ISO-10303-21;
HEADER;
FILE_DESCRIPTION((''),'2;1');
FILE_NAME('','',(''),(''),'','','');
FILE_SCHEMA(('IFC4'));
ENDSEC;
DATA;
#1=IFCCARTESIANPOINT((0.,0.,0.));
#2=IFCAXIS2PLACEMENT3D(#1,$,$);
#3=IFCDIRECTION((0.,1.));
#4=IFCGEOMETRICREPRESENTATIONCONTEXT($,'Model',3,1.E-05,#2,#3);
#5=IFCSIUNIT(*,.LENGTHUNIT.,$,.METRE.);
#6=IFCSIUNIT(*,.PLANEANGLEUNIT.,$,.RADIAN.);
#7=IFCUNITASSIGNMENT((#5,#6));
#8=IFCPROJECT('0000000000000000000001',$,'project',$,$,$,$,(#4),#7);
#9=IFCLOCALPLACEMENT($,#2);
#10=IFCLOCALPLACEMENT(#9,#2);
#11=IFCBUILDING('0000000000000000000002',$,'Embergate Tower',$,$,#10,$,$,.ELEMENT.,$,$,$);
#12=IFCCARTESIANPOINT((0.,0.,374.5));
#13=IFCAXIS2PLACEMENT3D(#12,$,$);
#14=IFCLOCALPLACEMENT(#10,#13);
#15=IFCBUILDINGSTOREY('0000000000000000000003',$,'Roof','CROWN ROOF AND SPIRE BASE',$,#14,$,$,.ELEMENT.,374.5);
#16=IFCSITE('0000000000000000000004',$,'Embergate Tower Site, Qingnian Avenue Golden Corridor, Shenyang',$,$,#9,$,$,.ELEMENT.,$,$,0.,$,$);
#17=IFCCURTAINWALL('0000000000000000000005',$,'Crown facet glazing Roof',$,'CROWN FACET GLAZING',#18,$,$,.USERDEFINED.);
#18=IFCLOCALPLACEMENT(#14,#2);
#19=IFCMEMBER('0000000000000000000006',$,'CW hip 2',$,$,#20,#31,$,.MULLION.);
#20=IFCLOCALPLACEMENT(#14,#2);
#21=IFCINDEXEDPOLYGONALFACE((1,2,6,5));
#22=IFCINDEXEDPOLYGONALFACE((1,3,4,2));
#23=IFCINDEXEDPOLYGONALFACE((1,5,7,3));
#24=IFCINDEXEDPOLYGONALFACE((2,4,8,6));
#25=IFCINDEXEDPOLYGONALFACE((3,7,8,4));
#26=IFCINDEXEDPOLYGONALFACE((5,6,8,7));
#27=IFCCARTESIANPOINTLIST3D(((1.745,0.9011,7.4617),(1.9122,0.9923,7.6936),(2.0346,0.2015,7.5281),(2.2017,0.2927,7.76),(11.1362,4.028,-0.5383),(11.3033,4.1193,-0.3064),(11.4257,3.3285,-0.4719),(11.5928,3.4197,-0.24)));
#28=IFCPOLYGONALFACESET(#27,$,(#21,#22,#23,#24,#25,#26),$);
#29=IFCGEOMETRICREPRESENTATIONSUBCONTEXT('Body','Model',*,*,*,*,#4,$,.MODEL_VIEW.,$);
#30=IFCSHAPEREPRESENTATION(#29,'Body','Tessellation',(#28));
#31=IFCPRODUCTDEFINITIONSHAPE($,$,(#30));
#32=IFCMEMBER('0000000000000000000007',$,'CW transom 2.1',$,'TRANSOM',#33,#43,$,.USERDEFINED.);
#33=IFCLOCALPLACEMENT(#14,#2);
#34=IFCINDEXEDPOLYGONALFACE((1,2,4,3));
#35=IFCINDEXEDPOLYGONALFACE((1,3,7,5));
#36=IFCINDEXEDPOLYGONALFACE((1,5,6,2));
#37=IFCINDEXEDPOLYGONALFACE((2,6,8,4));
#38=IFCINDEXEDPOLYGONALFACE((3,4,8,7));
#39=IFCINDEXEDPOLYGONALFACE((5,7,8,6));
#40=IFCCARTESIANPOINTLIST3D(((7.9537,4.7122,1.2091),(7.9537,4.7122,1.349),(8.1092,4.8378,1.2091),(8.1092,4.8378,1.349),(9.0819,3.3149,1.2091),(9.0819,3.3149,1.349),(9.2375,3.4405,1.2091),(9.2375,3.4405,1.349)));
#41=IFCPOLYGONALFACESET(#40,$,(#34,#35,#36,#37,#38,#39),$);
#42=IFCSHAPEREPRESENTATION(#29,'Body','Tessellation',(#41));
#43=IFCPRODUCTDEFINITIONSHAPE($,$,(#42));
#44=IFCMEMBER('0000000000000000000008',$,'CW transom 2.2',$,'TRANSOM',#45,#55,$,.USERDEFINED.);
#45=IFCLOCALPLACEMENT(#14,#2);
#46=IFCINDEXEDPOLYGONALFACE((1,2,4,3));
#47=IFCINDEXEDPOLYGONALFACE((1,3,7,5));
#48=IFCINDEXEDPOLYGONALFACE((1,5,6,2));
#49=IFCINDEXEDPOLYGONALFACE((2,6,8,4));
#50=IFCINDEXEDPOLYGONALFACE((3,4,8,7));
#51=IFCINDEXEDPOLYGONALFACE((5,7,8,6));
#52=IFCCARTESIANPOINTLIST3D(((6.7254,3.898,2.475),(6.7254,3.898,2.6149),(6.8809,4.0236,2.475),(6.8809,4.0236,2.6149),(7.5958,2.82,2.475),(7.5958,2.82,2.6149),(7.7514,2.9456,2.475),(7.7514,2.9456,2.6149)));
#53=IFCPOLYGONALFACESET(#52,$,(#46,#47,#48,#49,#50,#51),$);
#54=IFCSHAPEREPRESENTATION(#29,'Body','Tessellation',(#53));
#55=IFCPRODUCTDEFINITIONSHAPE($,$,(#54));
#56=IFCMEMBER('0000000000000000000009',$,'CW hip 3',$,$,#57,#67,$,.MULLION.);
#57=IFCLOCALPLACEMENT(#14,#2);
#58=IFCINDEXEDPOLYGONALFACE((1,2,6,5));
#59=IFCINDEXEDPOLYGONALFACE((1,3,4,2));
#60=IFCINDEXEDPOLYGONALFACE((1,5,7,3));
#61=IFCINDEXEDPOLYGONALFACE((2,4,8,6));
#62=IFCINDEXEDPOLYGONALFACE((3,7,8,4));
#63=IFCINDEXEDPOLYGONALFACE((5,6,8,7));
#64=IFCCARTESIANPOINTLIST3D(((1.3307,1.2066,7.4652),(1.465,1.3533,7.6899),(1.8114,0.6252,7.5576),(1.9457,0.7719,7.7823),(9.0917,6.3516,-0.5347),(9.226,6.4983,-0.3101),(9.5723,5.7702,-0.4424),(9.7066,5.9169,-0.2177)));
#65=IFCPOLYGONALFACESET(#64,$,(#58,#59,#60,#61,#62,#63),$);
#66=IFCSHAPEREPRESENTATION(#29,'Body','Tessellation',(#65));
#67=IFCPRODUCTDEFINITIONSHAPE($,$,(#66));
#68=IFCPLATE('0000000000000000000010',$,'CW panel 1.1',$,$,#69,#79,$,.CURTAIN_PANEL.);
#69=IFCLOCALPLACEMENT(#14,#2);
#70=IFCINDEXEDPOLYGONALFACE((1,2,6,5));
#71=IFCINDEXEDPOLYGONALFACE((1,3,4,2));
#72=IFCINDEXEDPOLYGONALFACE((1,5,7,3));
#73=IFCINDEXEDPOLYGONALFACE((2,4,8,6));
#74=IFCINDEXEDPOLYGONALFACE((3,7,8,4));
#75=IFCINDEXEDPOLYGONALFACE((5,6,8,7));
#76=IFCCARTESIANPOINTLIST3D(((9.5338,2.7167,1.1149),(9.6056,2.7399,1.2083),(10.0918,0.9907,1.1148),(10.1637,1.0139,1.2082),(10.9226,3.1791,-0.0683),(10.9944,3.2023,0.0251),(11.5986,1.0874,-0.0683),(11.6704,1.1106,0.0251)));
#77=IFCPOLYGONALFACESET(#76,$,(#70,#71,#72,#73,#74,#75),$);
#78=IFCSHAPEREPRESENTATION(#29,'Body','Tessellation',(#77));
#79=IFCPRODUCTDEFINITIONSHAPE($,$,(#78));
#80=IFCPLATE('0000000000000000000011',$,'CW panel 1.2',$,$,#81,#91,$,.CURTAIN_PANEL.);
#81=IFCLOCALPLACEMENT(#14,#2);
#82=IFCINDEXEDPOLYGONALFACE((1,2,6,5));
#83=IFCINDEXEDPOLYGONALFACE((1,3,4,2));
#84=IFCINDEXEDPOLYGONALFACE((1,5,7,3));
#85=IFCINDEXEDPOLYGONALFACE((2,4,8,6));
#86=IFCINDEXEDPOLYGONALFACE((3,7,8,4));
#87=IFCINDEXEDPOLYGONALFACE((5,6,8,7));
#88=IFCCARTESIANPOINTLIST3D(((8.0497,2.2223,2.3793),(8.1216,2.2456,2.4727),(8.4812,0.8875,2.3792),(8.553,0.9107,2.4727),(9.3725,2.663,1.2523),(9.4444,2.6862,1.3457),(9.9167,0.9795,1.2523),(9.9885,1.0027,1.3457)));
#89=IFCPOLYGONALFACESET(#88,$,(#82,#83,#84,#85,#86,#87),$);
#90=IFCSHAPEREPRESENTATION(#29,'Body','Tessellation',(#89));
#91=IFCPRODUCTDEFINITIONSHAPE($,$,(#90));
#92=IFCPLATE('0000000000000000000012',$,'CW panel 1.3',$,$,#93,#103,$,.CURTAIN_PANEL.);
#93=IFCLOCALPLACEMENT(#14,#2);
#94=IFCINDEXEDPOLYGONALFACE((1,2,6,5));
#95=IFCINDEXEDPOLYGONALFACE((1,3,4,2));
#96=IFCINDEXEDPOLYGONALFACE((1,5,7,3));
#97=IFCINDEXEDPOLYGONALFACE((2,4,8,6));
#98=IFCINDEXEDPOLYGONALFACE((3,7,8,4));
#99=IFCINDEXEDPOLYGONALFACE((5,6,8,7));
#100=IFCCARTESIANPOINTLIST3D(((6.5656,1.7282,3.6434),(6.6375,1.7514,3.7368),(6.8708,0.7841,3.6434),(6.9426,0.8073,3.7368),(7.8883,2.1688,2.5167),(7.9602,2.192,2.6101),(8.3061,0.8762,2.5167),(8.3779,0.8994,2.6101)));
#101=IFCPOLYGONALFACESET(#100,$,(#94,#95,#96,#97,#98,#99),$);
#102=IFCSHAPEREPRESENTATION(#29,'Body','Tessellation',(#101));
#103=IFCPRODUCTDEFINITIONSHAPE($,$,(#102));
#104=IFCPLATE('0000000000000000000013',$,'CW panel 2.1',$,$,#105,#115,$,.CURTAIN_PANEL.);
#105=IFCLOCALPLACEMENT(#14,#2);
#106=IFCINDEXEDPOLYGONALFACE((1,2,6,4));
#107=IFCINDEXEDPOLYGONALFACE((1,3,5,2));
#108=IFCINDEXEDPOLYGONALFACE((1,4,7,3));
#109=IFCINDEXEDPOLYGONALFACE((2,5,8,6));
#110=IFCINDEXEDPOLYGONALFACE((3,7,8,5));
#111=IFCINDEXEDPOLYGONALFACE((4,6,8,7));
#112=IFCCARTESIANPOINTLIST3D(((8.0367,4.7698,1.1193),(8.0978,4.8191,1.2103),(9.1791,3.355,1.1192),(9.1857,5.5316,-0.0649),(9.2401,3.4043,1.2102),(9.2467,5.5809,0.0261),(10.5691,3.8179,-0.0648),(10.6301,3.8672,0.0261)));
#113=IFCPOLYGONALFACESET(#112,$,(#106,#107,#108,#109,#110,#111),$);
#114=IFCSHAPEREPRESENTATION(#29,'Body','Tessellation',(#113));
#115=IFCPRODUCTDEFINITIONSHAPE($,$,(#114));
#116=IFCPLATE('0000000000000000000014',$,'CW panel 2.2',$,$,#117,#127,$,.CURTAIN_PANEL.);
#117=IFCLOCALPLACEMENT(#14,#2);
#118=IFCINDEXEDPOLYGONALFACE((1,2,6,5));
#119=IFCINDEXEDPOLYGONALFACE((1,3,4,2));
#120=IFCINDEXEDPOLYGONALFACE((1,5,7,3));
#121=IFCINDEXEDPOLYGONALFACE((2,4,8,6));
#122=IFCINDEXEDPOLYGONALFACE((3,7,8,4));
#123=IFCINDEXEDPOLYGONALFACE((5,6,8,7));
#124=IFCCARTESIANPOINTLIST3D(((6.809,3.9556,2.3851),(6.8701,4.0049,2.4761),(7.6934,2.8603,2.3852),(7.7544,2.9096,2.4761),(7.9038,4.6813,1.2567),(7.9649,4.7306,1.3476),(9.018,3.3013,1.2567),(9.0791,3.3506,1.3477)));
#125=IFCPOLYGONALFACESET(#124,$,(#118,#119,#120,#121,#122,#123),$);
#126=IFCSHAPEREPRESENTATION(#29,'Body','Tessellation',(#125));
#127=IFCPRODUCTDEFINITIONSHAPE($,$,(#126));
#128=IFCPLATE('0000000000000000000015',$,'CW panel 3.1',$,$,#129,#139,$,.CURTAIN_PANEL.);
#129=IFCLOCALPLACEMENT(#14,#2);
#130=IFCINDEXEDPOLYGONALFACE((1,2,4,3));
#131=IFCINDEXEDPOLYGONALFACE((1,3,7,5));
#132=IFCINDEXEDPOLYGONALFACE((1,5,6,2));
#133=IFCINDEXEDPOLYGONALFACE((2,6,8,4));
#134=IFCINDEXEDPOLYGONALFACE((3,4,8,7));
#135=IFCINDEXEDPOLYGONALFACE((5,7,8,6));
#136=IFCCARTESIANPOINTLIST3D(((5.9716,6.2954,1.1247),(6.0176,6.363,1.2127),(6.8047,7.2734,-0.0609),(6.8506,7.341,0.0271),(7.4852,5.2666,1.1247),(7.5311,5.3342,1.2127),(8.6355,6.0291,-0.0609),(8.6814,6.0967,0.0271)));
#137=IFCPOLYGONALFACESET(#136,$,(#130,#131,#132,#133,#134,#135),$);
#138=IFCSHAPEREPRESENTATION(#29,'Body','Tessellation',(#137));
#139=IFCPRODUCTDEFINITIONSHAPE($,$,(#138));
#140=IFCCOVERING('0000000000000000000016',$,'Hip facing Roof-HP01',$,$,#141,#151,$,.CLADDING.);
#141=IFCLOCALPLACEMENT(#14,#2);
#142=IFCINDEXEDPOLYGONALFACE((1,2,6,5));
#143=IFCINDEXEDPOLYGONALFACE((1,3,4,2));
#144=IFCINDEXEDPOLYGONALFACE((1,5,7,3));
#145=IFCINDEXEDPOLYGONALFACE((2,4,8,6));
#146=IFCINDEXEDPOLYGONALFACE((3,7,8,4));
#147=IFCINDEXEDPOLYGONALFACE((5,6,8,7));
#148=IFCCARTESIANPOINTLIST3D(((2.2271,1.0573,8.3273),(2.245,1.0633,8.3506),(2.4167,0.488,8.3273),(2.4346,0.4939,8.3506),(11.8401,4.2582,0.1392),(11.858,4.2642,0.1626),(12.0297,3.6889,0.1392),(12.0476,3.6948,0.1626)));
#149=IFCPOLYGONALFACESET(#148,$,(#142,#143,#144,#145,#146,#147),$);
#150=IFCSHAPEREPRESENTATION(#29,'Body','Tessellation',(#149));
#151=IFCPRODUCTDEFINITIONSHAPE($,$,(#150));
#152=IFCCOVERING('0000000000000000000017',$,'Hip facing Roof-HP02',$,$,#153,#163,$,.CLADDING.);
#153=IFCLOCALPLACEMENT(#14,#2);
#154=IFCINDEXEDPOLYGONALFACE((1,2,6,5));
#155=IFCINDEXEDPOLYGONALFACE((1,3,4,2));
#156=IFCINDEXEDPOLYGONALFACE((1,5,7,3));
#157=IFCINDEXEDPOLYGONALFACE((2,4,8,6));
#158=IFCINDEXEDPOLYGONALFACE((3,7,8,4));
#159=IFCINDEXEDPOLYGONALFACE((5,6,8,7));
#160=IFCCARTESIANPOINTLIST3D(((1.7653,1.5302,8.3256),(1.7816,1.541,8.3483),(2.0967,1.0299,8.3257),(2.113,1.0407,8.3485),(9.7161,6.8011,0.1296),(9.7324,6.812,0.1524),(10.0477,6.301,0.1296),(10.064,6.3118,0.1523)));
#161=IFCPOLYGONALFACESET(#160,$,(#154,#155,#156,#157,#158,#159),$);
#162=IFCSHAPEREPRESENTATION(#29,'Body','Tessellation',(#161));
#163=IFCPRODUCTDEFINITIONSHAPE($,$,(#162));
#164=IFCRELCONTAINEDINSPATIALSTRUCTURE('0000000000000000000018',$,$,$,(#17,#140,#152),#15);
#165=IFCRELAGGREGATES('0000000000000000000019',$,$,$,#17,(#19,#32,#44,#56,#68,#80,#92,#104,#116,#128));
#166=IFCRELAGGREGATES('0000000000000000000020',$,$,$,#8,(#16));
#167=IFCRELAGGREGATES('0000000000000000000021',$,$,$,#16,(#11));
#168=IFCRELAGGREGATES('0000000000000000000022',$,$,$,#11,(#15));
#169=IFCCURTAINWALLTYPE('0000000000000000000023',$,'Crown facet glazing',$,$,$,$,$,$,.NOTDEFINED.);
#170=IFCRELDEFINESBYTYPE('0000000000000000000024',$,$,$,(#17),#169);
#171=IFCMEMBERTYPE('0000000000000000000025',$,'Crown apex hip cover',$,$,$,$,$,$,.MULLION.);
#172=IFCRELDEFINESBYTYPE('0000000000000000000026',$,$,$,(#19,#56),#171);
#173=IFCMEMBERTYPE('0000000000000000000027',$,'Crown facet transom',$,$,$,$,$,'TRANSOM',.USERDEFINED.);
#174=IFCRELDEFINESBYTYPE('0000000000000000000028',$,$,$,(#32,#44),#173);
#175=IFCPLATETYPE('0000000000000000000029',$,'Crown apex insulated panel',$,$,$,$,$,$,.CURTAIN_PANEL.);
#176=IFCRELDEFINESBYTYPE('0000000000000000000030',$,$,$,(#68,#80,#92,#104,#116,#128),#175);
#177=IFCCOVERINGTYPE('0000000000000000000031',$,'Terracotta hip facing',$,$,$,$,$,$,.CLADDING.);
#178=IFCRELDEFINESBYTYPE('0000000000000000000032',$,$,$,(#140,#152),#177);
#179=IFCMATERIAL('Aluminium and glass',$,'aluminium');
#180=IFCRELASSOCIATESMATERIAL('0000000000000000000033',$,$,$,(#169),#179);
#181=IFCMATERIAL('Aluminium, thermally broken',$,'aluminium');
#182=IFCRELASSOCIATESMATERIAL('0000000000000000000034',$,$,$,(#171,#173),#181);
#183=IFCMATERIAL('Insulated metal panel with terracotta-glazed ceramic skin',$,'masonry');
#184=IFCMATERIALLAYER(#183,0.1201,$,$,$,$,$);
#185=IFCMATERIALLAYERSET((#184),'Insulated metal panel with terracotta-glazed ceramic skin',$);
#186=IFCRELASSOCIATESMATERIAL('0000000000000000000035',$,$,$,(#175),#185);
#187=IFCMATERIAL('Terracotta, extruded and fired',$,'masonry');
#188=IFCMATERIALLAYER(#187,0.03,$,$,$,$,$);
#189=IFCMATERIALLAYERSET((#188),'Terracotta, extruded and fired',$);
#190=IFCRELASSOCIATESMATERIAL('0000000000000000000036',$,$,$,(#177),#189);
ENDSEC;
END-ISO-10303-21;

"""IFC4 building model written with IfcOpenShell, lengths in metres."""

from ifc_helpers import new_model, si_unit, direction, frame, origin, origin_2d, place, context, subcontext, project, spatial, polyline, rectangle, outline, extrude, source, transform, mapped, material, layer, layer_set, material_profile, profile_set, type_object, element, aggregate, save


model = new_model("IFC4")

# Units and contexts
model_context = context("Model", 3, precision=1e-05, world=origin(), true_north=direction((0.0, 1.0)))
body_context = subcontext(model_context, "Body", "Model", "MODEL_VIEW")
ifc_project = project(units=[si_unit("LENGTHUNIT", "METRE"), si_unit("PLANEANGLEUNIT", "RADIAN")], contexts=[model_context])

# Site, building, storey
site_placement = place(None, origin())
site = spatial("IfcSite", under=ifc_project, at=site_placement, Name="Embergate Tower Site, Qingnian Avenue Golden Corridor, Shenyang", CompositionType="ELEMENT", RefElevation=0.0)
building_placement = place(site_placement, origin())
building = spatial("IfcBuilding", under=site, at=building_placement, Name="Embergate Tower", CompositionType="ELEMENT")
storey_placement = place(building_placement, frame((0.0, 0.0, 374.5)))
storey = spatial("IfcBuildingStorey", under=building, at=storey_placement, Name="Roof", Description="CROWN ROOF AND SPIRE BASE", CompositionType="ELEMENT", Elevation=374.5)

# Curtain wall, members, plates
ifc_material_1 = material(Name="Aluminium and glass", Category="aluminium")
curtain_wall_type = type_object("IfcCurtainWallType", Name="Crown facet glazing", PredefinedType="NOTDEFINED", material=ifc_material_1)
curtain_wall_placement = place(storey_placement, origin())
curtain_wall = element("IfcCurtainWall", 1, at=curtain_wall_placement, inside=storey, type_object=curtain_wall_type, Name="Crown facet glazing Roof", ObjectType="CROWN FACET GLAZING", PredefinedType="USERDEFINED")
ifc_material_2 = material(Name="Aluminium, thermally broken", Category="aluminium")
ifc_material_profile_1 = material_profile(ifc_material_2, rectangle(XDim=0.3, YDim=0.76, at=origin_2d()), Name="AL 760x300")
ifc_profile_set_1 = profile_set([ifc_material_profile_1], Name="Aluminium, thermally broken")
member_type_1 = type_object("IfcMemberType", Name="Crown apex hip cover", PredefinedType="MULLION", material=ifc_profile_set_1)
ifc_material_profile_2 = material_profile(ifc_material_2, rectangle(XDim=0.2, YDim=0.1399, at=origin_2d()), Name="AL 140x200")
ifc_profile_set_2 = profile_set([ifc_material_profile_2], Name="Aluminium, thermally broken")
member_type_2 = type_object("IfcMemberType", Name="Crown facet transom", ElementType="TRANSOM", PredefinedType="USERDEFINED", material=ifc_profile_set_2)
shared_shape_1 = source(origin(), body_context, "Body", "SweptSolid", [
    extrude(rectangle(XDim=0.3, YDim=0.76, at=origin_2d()), origin(), (0.0, 0.0, 1.0), 12.7268),
])
member_1_placement = place(storey_placement, frame((11.3645, 3.7239, -0.3892), z_axis=(-0.737902, -0.245699, 0.628596), x_axis=(0.557107, 0.303989, 0.772802)))
member_1 = element("IfcMember", 2, at=member_1_placement, type_object=member_type_1, Name="CW hip 2", PredefinedType="MULLION", context=body_context, shape_type="MappedRepresentation", body=[
    mapped(shared_shape_1, transform((0.0, 0.0, 0.0))),
])
shared_shape_2 = source(origin(), body_context, "Body", "SweptSolid", [
    extrude(rectangle(XDim=0.2, YDim=0.1399, at=origin_2d()), origin(), (0.0, 0.0, 1.0), 1.7959),
])
member_2_placement = place(storey_placement, frame((9.1597, 3.3777, 1.2791), z_axis=(-0.62822, 0.778036, 0.0), x_axis=(-0.778036, -0.62822, 0.0)))
member_2 = element("IfcMember", 3, at=member_2_placement, type_object=member_type_2, Name="CW transom 2.1", ObjectType="TRANSOM", PredefinedType="USERDEFINED", context=body_context, shape_type="MappedRepresentation", body=[
    mapped(shared_shape_2, transform((0.0, 0.0, 0.0))),
])
shared_shape_3 = source(origin(), body_context, "Body", "SweptSolid", [
    extrude(rectangle(XDim=0.2, YDim=0.1399, at=origin_2d()), origin(), (0.0, 0.0, 1.0), 1.3855),
])
member_3_placement = place(storey_placement, frame((7.6736, 2.8828, 2.5449), z_axis=(-0.628235, 0.778024, 0.0), x_axis=(-0.778024, -0.628235, 0.0)))
member_3 = element("IfcMember", 4, at=member_3_placement, type_object=member_type_2, Name="CW transom 2.2", ObjectType="TRANSOM", PredefinedType="USERDEFINED", context=body_context, shape_type="MappedRepresentation", body=[
    mapped(shared_shape_3, transform((0.0, 0.0, 0.0))),
])
shared_shape_4 = source(origin(), body_context, "Body", "SweptSolid", [
    extrude(rectangle(XDim=0.3, YDim=0.76, at=origin_2d()), origin(), (0.0, 0.0, 1.0), 12.2761),
])
member_4_placement = place(storey_placement, frame((9.3992, 6.1343, -0.3762), z_axis=(-0.6322, -0.419107, 0.65167), x_axis=(0.447606, 0.488971, 0.748703)))
member_4 = element("IfcMember", 5, at=member_4_placement, type_object=member_type_1, Name="CW hip 3", PredefinedType="MULLION", context=body_context, shape_type="MappedRepresentation", body=[
    mapped(shared_shape_4, transform((0.0, 0.0, 0.0))),
])
ifc_material_3 = material(Name="Insulated metal panel with terracotta-glazed ceramic skin", Category="masonry")
ifc_layer_1 = layer(ifc_material_3, 0.1201)
ifc_layer_set_1 = layer_set([ifc_layer_1], Name="Insulated metal panel with terracotta-glazed ceramic skin")
plate_type = type_object("IfcPlateType", Name="Crown apex insulated panel", PredefinedType="CURTAIN_PANEL", material=ifc_layer_set_1)
shared_shape_5 = source(origin(), body_context, "Body", "SweptSolid", [
    extrude(outline(polyline([(0.0, 0.0), (2.1982, 0.0), (2.1853, 1.8821), (0.3713, 1.8818), (0.0, 0.0)])), origin(), (0.0, 0.0, -1.0), 0.1201),
])
plate_1_placement = place(storey_placement, frame((11.6704, 1.1106, 0.0251), z_axis=(0.598193, 0.193328, 0.777682), x_axis=(-0.307521, 0.951541, -0.000003)))
plate_1 = element("IfcPlate", 6, at=plate_1_placement, type_object=plate_type, Name="CW panel 1.1", PredefinedType="CURTAIN_PANEL", context=body_context, shape_type="MappedRepresentation", body=[
    mapped(shared_shape_5, transform((0.0, 0.0, 0.0))),
])
shared_shape_6 = source(origin(), body_context, "Body", "SweptSolid", [
    extrude(outline(polyline([(0.0, 0.0), (1.7693, 0.0), (1.7568, 1.7927), (0.354, 1.7927), (0.0, 0.0)])), origin(), (0.0, 0.0, -1.0), 0.1201),
])
plate_2_placement = place(storey_placement, frame((9.9885, 1.0027, 1.3457), z_axis=(0.598158, 0.193323, 0.77771), x_axis=(-0.307551, 0.951531, 0.000015)))
plate_2 = element("IfcPlate", 7, at=plate_2_placement, type_object=plate_type, Name="CW panel 1.2", PredefinedType="CURTAIN_PANEL", context=body_context, shape_type="MappedRepresentation", body=[
    mapped(shared_shape_6, transform((0.0, 0.0, 0.0))),
])
shared_shape_7 = source(origin(), body_context, "Body", "SweptSolid", [
    extrude(outline(polyline([(0.0, 0.0), (1.3584, 0.0), (1.3459, 1.7925), (0.3538, 1.7925), (0.0, 0.0)])), origin(), (0.0, 0.0, -1.0), 0.1201),
])
plate_3_placement = place(storey_placement, frame((8.3779, 0.8994, 2.6101), z_axis=(0.598117, 0.193322, 0.777742), x_axis=(-0.307541, 0.951535, -0.00001)))
plate_3 = element("IfcPlate", 8, at=plate_3_placement, type_object=plate_type, Name="CW panel 1.3", PredefinedType="CURTAIN_PANEL", context=body_context, shape_type="MappedRepresentation", body=[
    mapped(shared_shape_7, transform((0.0, 0.0, 0.0))),
])
shared_shape_8 = source(origin(), body_context, "Body", "SweptSolid", [
    extrude(outline(polyline([(0.0, 0.0), (2.2024, 0.0), (2.3313, 1.8127), (0.5129, 1.8125), (0.0, 0.0)])), origin(), (0.0, 0.0, -1.0), 0.1201),
])
plate_4_placement = place(storey_placement, frame((10.6301, 3.8672, 0.0261), z_axis=(0.508296, 0.410358, 0.757127), x_axis=(-0.62814, 0.778101, -0.000025)))
plate_4 = element("IfcPlate", 9, at=plate_4_placement, type_object=plate_type, Name="CW panel 2.1", PredefinedType="CURTAIN_PANEL", context=body_context, shape_type="MappedRepresentation", body=[
    mapped(shared_shape_8, transform((0.0, 0.0, 0.0))),
])
shared_shape_9 = source(origin(), body_context, "Body", "SweptSolid", [
    extrude(outline(polyline([(0.0, 0.0), (1.7737, 0.0), (1.8967, 1.7273), (0.489, 1.7273), (0.0, 0.0)])), origin(), (0.0, 0.0, -1.0), 0.1201),
])
plate_5_placement = place(storey_placement, frame((9.0791, 3.3506, 1.3477), z_axis=(0.508308, 0.410396, 0.757098), x_axis=(-0.628184, 0.778065, -0.000006)))
plate_5 = element("IfcPlate", 10, at=plate_5_placement, type_object=plate_type, Name="CW panel 2.2", PredefinedType="CURTAIN_PANEL", context=body_context, shape_type="MappedRepresentation", body=[
    mapped(shared_shape_9, transform((0.0, 0.0, 0.0))),
])
shared_shape_10 = source(origin(), body_context, "Body", "SweptSolid", [
    extrude(outline(polyline([(0.0, 0.0), (2.2136, 0.0), (2.3528, 1.7427), (0.5227, 1.7427), (0.0, 0.0)])), origin(), (0.0, 0.0, -1.0), 0.1201),
])
plate_6_placement = place(storey_placement, frame((8.6814, 6.0967, 0.0271), z_axis=(0.382441, 0.562675, 0.732895), x_axis=(-0.827047, 0.562133, -0.000002)))
plate_6 = element("IfcPlate", 11, at=plate_6_placement, type_object=plate_type, Name="CW panel 3.1", PredefinedType="CURTAIN_PANEL", context=body_context, shape_type="MappedRepresentation", body=[
    mapped(shared_shape_10, transform((0.0, 0.0, 0.0))),
])
aggregate(curtain_wall, [member_1, member_2, member_3, member_4, plate_1, plate_2, plate_3, plate_4, plate_5, plate_6])

# Coverings
ifc_material_4 = material(Name="Terracotta, extruded and fired", Category="masonry")
ifc_layer_2 = layer(ifc_material_4, 0.03)
ifc_layer_set_2 = layer_set([ifc_layer_2], Name="Terracotta, extruded and fired")
covering_type = type_object("IfcCoveringType", Name="Terracotta hip facing", PredefinedType="CLADDING", material=ifc_layer_set_2)
shared_shape_11 = source(origin(), body_context, "Body", "SweptSolid", [
    extrude(outline(polyline([(0.0, 0.0), (13.0269, 0.0), (13.0269, -0.6001), (0.0, -0.6001), (0.0, 0.0)])), origin(), (0.0, 0.0, -1.0), 0.03),
])
covering_1_placement = place(storey_placement, frame((12.0476, 3.6948, 0.1626), z_axis=(0.596359, 0.198573, 0.777769), x_axis=(-0.737935, -0.245716, 0.62855)))
element("IfcCovering", 12, at=covering_1_placement, inside=storey, type_object=covering_type, Name="Hip facing Roof-HP01", PredefinedType="CLADDING", context=body_context, shape_type="MappedRepresentation", body=[
    mapped(shared_shape_11, transform((0.0, 0.0, 0.0))),
])
shared_shape_12 = source(origin(), body_context, "Body", "SweptSolid", [
    extrude(outline(polyline([(0.0, 0.0), (12.5769, 0.0), (12.5767, -0.6001), (0.0, -0.6001), (0.0, 0.0)])), origin(), (0.0, 0.0, -1.0), 0.03),
])
covering_2_placement = place(storey_placement, frame((10.064, 6.3118, 0.1523), z_axis=(0.543207, 0.360017, 0.758494), x_axis=(-0.63219, -0.419105, 0.65168)))
element("IfcCovering", 13, at=covering_2_placement, inside=storey, type_object=covering_type, Name="Hip facing Roof-HP02", PredefinedType="CLADDING", context=body_context, shape_type="MappedRepresentation", body=[
    mapped(shared_shape_12, transform((0.0, 0.0, 0.0))),
])

save(model, "model.ifc")
